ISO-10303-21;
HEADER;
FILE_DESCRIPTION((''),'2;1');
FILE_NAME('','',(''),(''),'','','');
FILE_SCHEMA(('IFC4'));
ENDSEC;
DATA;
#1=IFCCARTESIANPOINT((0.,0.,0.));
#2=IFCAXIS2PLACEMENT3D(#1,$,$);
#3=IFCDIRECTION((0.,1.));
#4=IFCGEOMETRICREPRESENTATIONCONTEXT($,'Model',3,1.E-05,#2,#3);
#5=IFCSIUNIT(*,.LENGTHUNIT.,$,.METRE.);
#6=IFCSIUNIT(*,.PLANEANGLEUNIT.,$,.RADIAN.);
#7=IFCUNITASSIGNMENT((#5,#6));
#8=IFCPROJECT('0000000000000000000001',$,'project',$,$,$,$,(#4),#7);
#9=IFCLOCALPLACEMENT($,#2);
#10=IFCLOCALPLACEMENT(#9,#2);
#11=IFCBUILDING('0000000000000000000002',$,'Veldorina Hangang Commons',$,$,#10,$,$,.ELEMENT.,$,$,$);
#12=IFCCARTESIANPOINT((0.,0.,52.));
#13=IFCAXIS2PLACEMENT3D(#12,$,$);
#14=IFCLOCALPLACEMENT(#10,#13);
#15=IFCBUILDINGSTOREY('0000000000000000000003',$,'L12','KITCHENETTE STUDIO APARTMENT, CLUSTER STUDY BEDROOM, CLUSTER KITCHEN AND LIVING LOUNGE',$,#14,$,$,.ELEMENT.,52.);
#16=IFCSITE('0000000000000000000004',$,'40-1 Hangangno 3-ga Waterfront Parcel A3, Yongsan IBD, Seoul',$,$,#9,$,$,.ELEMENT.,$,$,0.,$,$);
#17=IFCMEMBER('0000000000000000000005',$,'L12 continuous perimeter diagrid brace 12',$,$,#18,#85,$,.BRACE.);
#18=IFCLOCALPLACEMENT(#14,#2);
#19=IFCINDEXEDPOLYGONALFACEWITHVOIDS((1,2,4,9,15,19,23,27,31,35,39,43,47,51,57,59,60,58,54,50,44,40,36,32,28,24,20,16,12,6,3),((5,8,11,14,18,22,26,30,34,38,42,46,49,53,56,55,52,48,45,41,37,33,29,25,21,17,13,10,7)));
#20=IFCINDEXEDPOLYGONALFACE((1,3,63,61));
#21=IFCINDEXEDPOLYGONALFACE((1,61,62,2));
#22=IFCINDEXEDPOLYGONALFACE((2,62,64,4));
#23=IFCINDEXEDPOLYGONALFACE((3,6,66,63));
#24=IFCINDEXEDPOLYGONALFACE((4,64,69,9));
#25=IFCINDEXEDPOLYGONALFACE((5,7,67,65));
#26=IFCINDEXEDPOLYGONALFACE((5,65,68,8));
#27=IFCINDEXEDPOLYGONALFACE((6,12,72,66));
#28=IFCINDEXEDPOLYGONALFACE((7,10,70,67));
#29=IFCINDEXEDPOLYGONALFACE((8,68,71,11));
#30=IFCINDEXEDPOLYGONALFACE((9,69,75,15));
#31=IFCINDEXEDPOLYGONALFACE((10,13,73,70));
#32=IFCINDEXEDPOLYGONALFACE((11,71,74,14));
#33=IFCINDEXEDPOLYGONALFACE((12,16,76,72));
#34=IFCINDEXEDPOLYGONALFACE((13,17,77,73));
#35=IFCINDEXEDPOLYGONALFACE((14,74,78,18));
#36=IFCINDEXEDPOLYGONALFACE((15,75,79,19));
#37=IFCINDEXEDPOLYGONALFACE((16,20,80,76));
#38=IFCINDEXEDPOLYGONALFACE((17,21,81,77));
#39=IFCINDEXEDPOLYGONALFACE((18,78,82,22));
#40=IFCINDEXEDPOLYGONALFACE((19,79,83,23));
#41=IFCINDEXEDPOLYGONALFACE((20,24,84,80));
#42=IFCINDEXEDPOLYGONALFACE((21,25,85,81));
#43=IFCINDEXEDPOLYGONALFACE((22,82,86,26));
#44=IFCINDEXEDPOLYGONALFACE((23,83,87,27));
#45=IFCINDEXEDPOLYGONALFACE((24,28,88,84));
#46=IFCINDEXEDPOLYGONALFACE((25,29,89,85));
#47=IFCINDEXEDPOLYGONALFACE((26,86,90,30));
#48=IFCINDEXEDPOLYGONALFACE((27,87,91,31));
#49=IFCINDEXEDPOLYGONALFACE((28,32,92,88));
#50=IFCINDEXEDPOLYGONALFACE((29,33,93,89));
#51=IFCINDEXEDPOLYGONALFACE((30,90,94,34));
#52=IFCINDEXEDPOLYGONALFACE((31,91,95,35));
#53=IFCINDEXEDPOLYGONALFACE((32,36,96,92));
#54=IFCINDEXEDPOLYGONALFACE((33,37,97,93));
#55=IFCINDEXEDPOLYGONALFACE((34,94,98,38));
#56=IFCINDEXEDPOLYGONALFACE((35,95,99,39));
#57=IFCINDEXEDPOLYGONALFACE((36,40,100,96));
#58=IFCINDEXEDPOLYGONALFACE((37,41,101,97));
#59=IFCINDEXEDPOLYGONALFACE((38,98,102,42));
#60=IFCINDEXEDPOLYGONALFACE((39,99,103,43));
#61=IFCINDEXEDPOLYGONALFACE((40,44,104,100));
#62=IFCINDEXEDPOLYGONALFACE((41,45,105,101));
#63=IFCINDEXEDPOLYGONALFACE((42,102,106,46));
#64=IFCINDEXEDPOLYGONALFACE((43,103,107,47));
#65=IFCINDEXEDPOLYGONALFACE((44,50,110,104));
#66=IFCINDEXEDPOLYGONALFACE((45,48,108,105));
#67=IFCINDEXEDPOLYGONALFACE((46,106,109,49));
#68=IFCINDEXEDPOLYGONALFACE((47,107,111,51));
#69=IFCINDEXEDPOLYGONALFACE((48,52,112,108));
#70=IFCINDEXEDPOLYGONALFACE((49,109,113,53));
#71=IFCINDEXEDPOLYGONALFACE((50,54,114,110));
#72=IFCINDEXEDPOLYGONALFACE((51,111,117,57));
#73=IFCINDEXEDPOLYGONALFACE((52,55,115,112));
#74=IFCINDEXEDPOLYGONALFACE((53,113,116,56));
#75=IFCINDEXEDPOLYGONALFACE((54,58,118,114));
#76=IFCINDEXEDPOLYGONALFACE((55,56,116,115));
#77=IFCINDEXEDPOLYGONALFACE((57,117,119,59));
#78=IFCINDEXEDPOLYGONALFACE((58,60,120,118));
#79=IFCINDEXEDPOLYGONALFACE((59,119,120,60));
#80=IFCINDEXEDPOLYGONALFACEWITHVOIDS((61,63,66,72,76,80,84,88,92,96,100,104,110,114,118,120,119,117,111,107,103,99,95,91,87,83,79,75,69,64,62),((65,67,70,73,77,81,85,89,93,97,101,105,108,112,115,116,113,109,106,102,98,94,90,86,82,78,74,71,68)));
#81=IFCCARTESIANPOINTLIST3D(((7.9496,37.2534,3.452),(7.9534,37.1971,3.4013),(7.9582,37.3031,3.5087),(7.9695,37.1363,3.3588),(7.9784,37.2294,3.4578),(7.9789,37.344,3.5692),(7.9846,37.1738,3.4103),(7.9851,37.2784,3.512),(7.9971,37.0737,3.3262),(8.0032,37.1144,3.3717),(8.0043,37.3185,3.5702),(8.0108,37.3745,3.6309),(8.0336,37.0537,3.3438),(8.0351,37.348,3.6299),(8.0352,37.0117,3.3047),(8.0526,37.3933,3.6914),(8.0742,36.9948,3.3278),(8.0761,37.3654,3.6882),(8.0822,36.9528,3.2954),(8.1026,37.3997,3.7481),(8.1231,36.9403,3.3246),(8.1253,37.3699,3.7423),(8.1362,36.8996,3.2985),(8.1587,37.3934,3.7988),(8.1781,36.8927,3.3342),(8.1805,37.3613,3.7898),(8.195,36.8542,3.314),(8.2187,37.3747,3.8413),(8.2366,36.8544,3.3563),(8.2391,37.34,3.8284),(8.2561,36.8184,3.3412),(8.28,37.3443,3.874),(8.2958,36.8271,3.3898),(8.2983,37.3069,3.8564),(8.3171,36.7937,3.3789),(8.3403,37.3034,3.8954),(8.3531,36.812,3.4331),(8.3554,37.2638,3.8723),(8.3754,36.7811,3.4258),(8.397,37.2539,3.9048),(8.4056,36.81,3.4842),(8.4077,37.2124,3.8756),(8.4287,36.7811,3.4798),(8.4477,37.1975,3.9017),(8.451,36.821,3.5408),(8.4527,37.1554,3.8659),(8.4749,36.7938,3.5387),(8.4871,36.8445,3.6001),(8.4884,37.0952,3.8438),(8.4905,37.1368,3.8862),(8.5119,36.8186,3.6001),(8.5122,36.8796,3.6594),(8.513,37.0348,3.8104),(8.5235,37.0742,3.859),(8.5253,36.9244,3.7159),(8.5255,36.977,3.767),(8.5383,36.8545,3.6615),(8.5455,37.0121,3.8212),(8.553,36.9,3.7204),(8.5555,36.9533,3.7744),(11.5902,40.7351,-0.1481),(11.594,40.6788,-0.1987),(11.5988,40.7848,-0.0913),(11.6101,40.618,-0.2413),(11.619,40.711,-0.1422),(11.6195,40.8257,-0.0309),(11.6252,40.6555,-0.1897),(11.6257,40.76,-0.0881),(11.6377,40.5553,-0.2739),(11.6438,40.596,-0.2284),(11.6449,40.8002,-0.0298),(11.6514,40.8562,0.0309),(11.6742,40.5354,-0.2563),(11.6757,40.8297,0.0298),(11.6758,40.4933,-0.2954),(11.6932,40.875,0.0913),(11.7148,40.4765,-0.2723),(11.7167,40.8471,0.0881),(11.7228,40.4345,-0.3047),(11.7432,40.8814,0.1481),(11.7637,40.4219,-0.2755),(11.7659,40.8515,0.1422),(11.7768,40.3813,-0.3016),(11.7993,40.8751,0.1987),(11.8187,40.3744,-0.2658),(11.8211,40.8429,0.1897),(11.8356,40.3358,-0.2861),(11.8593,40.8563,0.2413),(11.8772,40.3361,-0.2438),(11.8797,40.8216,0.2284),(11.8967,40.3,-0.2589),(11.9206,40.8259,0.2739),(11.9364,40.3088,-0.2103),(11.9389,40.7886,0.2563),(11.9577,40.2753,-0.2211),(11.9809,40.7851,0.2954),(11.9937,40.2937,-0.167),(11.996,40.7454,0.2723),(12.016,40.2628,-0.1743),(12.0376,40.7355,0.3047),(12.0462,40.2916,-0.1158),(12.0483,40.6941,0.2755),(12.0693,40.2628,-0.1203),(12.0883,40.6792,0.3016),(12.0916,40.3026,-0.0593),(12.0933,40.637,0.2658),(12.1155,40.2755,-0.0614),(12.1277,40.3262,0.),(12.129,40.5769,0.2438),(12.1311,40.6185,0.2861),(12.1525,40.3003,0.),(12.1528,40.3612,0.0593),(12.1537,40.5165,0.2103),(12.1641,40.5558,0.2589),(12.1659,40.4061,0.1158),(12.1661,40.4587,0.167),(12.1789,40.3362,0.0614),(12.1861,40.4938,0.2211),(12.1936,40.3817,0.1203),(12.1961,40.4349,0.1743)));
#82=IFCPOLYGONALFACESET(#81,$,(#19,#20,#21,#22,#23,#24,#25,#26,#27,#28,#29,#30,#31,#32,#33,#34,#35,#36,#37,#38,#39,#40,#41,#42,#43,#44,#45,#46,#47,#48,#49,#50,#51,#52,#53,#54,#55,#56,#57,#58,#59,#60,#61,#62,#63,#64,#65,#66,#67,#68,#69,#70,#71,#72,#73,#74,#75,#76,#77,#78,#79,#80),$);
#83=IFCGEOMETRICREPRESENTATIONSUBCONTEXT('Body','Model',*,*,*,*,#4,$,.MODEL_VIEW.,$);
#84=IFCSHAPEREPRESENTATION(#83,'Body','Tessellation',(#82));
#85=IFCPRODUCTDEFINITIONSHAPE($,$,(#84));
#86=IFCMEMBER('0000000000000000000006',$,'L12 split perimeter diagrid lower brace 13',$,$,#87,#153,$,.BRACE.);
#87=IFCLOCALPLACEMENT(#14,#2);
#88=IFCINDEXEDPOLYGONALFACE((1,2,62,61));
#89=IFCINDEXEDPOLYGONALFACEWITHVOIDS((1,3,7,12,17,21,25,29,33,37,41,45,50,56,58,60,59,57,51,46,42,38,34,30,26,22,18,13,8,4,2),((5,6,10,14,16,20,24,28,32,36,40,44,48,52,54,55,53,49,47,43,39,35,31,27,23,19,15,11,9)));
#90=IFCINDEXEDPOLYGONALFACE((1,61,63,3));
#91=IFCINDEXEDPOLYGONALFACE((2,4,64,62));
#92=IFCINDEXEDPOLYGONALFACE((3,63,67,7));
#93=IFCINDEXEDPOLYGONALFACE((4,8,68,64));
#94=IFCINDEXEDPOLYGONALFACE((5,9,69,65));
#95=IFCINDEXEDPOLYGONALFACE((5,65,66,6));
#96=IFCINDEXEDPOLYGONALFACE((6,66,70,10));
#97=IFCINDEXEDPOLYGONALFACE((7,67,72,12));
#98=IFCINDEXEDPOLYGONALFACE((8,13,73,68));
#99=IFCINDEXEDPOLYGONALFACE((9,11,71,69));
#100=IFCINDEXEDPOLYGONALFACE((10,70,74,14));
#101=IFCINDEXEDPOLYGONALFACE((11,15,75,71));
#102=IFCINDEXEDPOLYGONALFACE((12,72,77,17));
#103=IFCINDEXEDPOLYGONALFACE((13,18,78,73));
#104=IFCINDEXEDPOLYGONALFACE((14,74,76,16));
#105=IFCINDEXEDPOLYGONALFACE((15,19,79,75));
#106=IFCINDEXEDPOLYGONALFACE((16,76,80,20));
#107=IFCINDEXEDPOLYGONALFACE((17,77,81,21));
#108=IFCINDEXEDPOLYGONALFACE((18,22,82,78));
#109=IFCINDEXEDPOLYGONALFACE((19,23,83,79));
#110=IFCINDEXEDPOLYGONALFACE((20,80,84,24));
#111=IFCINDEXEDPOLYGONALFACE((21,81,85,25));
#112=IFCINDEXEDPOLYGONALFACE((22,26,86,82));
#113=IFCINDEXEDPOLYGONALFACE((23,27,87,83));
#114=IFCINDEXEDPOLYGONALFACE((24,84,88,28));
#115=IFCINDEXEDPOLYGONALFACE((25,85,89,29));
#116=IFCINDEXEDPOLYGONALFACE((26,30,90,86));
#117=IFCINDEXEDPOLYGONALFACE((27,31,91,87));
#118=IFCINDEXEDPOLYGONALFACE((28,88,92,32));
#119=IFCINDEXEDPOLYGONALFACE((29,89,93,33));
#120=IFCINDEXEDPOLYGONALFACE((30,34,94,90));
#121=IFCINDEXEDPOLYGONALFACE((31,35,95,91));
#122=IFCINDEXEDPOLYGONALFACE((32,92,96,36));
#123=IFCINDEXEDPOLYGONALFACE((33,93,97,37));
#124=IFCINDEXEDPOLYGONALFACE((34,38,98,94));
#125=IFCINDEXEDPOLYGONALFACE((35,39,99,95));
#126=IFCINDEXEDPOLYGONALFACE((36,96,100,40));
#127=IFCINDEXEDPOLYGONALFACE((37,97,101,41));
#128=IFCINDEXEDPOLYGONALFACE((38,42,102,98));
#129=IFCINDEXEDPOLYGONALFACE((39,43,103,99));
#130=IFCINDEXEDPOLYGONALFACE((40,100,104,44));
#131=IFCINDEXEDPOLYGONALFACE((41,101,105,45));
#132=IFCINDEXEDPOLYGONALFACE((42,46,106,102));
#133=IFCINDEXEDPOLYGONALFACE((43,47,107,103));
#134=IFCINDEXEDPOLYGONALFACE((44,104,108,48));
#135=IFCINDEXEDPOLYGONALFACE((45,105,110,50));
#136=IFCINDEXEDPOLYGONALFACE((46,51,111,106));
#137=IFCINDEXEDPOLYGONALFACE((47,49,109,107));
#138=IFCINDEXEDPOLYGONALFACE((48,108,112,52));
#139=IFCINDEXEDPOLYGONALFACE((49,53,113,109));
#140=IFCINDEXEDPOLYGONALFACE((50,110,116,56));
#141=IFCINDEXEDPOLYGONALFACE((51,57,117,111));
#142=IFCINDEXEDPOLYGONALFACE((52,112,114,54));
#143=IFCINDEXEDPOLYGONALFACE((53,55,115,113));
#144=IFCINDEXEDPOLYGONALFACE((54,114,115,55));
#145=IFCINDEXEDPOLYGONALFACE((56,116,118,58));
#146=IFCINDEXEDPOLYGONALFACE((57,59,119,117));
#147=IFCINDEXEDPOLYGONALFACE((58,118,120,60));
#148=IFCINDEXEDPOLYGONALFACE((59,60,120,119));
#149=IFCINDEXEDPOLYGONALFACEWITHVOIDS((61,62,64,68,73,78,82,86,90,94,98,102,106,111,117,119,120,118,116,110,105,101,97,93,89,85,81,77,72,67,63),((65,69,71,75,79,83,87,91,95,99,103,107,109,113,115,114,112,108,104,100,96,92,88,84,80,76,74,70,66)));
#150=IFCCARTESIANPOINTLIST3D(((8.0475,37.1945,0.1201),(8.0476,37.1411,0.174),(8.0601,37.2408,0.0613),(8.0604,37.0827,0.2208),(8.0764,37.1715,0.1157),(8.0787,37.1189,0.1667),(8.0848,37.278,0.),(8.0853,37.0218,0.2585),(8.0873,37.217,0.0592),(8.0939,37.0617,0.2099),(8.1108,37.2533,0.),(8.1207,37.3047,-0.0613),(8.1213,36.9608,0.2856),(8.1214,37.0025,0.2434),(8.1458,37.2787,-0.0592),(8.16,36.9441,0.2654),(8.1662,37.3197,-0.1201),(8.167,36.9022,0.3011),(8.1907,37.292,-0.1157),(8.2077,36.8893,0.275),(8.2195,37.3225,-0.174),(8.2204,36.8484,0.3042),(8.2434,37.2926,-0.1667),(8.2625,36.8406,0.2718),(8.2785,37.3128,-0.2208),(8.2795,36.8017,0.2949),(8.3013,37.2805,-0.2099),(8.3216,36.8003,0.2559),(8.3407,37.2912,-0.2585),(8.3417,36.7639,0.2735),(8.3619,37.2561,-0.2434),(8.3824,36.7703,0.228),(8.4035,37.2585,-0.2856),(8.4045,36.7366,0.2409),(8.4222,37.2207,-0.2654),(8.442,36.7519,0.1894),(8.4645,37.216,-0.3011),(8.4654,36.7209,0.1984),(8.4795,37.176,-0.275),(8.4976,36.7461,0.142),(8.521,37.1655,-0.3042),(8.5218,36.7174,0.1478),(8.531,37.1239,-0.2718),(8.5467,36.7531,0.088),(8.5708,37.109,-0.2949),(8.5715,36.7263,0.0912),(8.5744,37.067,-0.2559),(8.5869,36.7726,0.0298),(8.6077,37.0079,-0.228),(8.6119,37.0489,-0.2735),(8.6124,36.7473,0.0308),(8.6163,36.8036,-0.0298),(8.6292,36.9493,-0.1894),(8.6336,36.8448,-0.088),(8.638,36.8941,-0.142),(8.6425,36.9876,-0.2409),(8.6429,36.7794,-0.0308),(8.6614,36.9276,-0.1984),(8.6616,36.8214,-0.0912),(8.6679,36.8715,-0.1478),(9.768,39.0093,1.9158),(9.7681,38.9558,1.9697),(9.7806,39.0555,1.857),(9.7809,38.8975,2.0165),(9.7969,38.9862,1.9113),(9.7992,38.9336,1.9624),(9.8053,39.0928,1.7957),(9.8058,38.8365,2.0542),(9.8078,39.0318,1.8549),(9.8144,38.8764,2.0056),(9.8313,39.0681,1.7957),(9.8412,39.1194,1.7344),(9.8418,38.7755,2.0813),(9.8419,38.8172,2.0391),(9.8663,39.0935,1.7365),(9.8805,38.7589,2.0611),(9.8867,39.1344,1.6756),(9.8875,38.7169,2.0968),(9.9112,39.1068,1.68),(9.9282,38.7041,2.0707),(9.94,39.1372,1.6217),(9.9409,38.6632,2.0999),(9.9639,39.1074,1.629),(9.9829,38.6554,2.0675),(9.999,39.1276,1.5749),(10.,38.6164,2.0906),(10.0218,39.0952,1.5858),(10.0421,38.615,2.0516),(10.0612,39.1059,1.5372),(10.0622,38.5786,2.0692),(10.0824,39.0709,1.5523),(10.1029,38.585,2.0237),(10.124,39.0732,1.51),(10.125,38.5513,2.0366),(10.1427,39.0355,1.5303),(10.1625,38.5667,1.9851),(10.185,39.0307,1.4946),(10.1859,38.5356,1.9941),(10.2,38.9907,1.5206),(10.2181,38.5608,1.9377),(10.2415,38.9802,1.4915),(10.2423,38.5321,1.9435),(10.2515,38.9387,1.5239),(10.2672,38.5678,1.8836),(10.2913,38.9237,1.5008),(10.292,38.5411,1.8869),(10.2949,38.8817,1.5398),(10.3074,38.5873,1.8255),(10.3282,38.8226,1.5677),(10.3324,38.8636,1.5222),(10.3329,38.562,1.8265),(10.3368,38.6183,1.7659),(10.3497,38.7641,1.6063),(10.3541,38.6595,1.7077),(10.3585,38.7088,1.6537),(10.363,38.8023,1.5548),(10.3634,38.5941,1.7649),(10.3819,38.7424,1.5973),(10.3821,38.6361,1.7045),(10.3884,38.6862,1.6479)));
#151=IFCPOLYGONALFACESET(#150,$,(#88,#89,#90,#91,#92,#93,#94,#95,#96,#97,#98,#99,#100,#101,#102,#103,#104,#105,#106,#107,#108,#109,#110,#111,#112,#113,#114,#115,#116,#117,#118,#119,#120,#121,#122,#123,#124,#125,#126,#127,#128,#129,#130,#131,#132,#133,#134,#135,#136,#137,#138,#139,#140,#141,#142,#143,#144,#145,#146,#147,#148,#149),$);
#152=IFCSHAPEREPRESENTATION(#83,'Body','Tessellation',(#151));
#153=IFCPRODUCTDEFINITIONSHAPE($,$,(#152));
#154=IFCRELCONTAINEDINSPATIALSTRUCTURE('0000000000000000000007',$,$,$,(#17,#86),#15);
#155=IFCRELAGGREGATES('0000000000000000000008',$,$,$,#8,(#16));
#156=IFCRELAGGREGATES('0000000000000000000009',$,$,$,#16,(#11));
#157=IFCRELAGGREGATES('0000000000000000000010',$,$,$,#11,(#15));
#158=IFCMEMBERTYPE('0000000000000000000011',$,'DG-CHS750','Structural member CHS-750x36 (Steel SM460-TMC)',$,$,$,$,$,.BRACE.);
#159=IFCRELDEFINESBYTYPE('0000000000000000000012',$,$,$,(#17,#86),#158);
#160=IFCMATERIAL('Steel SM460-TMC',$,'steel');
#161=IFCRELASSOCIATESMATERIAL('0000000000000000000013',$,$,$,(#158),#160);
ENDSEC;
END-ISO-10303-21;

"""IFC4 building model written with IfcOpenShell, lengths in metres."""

from ifc_helpers import new_model, si_unit, direction, frame, origin, origin_2d, place, context, subcontext, project, spatial, hollow_circle, extrude, material, material_profile, profile_set, type_object, element, save


model = new_model("IFC4")

# Units and contexts
model_context = context("Model", 3, precision=1e-05, world=origin(), true_north=direction((0.0, 1.0)))
body_context = subcontext(model_context, "Body", "Model", "MODEL_VIEW")
ifc_project = project(units=[si_unit("LENGTHUNIT", "METRE"), si_unit("PLANEANGLEUNIT", "RADIAN")], contexts=[model_context])

# Site, building, storey
site_placement = place(None, origin())
site = spatial("IfcSite", under=ifc_project, at=site_placement, Name="40-1 Hangangno 3-ga Waterfront Parcel A3, Yongsan IBD, Seoul", CompositionType="ELEMENT", RefElevation=0.0)
building_placement = place(site_placement, origin())
building = spatial("IfcBuilding", under=site, at=building_placement, Name="Veldorina Hangang Commons", CompositionType="ELEMENT")
storey_placement = place(building_placement, frame((0.0, 0.0, 52.0)))
storey = spatial("IfcBuildingStorey", under=building, at=storey_placement, Name="L12", Description="KITCHENETTE STUDIO APARTMENT, CLUSTER STUDY BEDROOM, CLUSTER KITCHEN AND LIVING LOUNGE", CompositionType="ELEMENT", Elevation=52.0)

# Shared definitions
ifc_material_1 = material(Name="Steel SM460-TMC", Category="steel")

# Members
ifc_material_profile_1 = material_profile(ifc_material_1, hollow_circle(Radius=0.375, WallThickness=0.0359, at=origin_2d()), Name="CHS-750x36")
ifc_profile_set_1 = profile_set([ifc_material_profile_1], Name="Steel SM460-TMC")
member_type = type_object("IfcMemberType", Name="DG-CHS750", Description="Structural member CHS-750x36 (Steel SM460-TMC)", PredefinedType="BRACE", material=ifc_profile_set_1)
member_1_placement = place(storey_placement, frame((11.8933, 40.5713, 0.0), z_axis=(-0.587986, -0.562317, 0.58144), x_axis=(0.691156, -0.722706, 0.0)))
element("IfcMember", 1, at=member_1_placement, inside=storey, type_object=member_type, Name="L12 continuous perimeter diagrid brace 12", PredefinedType="BRACE", context=body_context, shape_type="SweptSolid", body=[
    extrude(hollow_circle(Radius=0.375, WallThickness=0.0359, at=origin_2d()), origin(), (0.0, 0.0, 1.0), 6.1917),
])
member_2_placement = place(storey_placement, frame((8.3569, 37.02, 0.0), z_axis=(0.558853, 0.589465, 0.583279), x_axis=(-0.725699, 0.688013, 0.0)))
element("IfcMember", 2, at=member_2_placement, inside=storey, type_object=member_type, Name="L12 split perimeter diagrid lower brace 13", PredefinedType="BRACE", context=body_context, shape_type="SweptSolid", body=[
    extrude(hollow_circle(Radius=0.375, WallThickness=0.0359, at=origin_2d()), origin(), (0.0, 0.0, 1.0), 3.0786),
])

save(model, "model.ifc")
